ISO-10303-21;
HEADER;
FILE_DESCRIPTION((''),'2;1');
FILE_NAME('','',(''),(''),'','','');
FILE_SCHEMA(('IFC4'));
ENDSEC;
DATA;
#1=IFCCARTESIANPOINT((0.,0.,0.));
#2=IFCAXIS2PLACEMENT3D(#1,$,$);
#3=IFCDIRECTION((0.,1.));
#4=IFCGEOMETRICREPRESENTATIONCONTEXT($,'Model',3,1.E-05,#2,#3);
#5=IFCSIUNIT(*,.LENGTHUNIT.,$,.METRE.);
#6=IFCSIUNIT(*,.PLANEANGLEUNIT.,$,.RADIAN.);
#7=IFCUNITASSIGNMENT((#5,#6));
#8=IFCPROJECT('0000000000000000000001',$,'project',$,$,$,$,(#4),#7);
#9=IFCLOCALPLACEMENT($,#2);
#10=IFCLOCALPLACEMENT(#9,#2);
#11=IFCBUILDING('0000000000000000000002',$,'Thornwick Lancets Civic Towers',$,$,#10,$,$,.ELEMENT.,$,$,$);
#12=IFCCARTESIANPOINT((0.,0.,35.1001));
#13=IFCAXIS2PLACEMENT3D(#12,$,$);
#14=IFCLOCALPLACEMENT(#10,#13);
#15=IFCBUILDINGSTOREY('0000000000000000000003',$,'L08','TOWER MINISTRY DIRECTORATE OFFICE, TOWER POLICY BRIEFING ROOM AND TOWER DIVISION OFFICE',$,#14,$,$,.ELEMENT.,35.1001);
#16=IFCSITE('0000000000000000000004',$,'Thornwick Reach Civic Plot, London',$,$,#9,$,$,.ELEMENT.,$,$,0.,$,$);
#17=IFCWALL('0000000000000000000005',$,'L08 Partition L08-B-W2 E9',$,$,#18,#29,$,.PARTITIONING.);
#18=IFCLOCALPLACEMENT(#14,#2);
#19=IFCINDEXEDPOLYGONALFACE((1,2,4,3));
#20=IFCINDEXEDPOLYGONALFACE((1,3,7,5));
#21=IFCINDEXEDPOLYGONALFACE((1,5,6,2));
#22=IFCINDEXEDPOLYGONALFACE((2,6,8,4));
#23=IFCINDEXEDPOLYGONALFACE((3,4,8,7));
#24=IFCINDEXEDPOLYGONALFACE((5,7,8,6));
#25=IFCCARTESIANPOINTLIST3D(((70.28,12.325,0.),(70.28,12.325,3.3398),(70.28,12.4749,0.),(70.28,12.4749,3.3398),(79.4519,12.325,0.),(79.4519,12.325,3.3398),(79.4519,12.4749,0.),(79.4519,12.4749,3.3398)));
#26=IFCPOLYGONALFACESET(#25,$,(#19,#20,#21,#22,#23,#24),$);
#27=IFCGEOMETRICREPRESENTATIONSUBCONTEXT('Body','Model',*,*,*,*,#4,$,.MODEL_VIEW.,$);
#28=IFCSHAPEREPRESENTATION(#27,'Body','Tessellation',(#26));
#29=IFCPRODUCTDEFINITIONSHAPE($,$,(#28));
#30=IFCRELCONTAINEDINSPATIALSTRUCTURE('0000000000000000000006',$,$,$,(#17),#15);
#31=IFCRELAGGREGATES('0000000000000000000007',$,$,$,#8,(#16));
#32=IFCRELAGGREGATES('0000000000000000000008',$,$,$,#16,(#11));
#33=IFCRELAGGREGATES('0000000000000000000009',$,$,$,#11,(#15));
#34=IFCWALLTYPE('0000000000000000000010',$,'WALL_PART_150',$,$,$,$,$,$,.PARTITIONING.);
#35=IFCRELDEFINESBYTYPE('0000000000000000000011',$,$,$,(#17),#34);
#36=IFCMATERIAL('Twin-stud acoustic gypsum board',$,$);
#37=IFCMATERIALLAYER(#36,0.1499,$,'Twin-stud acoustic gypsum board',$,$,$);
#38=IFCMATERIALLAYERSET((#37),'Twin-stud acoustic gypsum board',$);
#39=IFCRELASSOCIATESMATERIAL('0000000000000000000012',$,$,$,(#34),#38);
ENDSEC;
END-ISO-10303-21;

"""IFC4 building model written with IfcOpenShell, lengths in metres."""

from ifc_helpers import new_model, si_unit, direction, frame, frame_2d, origin, place, context, subcontext, project, spatial, rectangle, extrude, material, layer, layer_set, type_object, element, save


model = new_model("IFC4")

# Units and contexts
model_context = context("Model", 3, precision=1e-05, world=origin(), true_north=direction((0.0, 1.0)))
body_context = subcontext(model_context, "Body", "Model", "MODEL_VIEW")
ifc_project = project(units=[si_unit("LENGTHUNIT", "METRE"), si_unit("PLANEANGLEUNIT", "RADIAN")], contexts=[model_context])

# Site, building, storey
site_placement = place(None, origin())
site = spatial("IfcSite", under=ifc_project, at=site_placement, Name="Thornwick Reach Civic Plot, London", CompositionType="ELEMENT", RefElevation=0.0)
building_placement = place(site_placement, origin())
building = spatial("IfcBuilding", under=site, at=building_placement, Name="Thornwick Lancets Civic Towers", CompositionType="ELEMENT")
storey_placement = place(building_placement, frame((0.0, 0.0, 35.1001)))
storey = spatial("IfcBuildingStorey", under=building, at=storey_placement, Name="L08", Description="TOWER MINISTRY DIRECTORATE OFFICE, TOWER POLICY BRIEFING ROOM AND TOWER DIVISION OFFICE", CompositionType="ELEMENT", Elevation=35.1001)

# Wall
ifc_material_1 = material(Name="Twin-stud acoustic gypsum board")
ifc_layer_1 = layer(ifc_material_1, 0.1499, Name="Twin-stud acoustic gypsum board")
ifc_layer_set_1 = layer_set([ifc_layer_1], Name="Twin-stud acoustic gypsum board")
wall_type_1 = type_object("IfcWallType", Name="WALL_PART_150", PredefinedType="PARTITIONING", material=ifc_layer_set_1)
wall_1_placement = place(storey_placement, frame((70.28, 12.3999, 0.0), z_axis=(0.0, 0.0, 1.0), x_axis=(1.0, 0.0, 0.0)))
element("IfcWall", 1, at=wall_1_placement, inside=storey, type_object=wall_type_1, Name="L08 Partition L08-B-W2 E9", PredefinedType="PARTITIONING", context=body_context, shape_type="SweptSolid", body=[
    extrude(rectangle(XDim=9.1719, YDim=0.1499, at=frame_2d((4.5859, 0.0))), origin(), (0.0, 0.0, 1.0), 3.3398),
])

save(model, "model.ifc")
